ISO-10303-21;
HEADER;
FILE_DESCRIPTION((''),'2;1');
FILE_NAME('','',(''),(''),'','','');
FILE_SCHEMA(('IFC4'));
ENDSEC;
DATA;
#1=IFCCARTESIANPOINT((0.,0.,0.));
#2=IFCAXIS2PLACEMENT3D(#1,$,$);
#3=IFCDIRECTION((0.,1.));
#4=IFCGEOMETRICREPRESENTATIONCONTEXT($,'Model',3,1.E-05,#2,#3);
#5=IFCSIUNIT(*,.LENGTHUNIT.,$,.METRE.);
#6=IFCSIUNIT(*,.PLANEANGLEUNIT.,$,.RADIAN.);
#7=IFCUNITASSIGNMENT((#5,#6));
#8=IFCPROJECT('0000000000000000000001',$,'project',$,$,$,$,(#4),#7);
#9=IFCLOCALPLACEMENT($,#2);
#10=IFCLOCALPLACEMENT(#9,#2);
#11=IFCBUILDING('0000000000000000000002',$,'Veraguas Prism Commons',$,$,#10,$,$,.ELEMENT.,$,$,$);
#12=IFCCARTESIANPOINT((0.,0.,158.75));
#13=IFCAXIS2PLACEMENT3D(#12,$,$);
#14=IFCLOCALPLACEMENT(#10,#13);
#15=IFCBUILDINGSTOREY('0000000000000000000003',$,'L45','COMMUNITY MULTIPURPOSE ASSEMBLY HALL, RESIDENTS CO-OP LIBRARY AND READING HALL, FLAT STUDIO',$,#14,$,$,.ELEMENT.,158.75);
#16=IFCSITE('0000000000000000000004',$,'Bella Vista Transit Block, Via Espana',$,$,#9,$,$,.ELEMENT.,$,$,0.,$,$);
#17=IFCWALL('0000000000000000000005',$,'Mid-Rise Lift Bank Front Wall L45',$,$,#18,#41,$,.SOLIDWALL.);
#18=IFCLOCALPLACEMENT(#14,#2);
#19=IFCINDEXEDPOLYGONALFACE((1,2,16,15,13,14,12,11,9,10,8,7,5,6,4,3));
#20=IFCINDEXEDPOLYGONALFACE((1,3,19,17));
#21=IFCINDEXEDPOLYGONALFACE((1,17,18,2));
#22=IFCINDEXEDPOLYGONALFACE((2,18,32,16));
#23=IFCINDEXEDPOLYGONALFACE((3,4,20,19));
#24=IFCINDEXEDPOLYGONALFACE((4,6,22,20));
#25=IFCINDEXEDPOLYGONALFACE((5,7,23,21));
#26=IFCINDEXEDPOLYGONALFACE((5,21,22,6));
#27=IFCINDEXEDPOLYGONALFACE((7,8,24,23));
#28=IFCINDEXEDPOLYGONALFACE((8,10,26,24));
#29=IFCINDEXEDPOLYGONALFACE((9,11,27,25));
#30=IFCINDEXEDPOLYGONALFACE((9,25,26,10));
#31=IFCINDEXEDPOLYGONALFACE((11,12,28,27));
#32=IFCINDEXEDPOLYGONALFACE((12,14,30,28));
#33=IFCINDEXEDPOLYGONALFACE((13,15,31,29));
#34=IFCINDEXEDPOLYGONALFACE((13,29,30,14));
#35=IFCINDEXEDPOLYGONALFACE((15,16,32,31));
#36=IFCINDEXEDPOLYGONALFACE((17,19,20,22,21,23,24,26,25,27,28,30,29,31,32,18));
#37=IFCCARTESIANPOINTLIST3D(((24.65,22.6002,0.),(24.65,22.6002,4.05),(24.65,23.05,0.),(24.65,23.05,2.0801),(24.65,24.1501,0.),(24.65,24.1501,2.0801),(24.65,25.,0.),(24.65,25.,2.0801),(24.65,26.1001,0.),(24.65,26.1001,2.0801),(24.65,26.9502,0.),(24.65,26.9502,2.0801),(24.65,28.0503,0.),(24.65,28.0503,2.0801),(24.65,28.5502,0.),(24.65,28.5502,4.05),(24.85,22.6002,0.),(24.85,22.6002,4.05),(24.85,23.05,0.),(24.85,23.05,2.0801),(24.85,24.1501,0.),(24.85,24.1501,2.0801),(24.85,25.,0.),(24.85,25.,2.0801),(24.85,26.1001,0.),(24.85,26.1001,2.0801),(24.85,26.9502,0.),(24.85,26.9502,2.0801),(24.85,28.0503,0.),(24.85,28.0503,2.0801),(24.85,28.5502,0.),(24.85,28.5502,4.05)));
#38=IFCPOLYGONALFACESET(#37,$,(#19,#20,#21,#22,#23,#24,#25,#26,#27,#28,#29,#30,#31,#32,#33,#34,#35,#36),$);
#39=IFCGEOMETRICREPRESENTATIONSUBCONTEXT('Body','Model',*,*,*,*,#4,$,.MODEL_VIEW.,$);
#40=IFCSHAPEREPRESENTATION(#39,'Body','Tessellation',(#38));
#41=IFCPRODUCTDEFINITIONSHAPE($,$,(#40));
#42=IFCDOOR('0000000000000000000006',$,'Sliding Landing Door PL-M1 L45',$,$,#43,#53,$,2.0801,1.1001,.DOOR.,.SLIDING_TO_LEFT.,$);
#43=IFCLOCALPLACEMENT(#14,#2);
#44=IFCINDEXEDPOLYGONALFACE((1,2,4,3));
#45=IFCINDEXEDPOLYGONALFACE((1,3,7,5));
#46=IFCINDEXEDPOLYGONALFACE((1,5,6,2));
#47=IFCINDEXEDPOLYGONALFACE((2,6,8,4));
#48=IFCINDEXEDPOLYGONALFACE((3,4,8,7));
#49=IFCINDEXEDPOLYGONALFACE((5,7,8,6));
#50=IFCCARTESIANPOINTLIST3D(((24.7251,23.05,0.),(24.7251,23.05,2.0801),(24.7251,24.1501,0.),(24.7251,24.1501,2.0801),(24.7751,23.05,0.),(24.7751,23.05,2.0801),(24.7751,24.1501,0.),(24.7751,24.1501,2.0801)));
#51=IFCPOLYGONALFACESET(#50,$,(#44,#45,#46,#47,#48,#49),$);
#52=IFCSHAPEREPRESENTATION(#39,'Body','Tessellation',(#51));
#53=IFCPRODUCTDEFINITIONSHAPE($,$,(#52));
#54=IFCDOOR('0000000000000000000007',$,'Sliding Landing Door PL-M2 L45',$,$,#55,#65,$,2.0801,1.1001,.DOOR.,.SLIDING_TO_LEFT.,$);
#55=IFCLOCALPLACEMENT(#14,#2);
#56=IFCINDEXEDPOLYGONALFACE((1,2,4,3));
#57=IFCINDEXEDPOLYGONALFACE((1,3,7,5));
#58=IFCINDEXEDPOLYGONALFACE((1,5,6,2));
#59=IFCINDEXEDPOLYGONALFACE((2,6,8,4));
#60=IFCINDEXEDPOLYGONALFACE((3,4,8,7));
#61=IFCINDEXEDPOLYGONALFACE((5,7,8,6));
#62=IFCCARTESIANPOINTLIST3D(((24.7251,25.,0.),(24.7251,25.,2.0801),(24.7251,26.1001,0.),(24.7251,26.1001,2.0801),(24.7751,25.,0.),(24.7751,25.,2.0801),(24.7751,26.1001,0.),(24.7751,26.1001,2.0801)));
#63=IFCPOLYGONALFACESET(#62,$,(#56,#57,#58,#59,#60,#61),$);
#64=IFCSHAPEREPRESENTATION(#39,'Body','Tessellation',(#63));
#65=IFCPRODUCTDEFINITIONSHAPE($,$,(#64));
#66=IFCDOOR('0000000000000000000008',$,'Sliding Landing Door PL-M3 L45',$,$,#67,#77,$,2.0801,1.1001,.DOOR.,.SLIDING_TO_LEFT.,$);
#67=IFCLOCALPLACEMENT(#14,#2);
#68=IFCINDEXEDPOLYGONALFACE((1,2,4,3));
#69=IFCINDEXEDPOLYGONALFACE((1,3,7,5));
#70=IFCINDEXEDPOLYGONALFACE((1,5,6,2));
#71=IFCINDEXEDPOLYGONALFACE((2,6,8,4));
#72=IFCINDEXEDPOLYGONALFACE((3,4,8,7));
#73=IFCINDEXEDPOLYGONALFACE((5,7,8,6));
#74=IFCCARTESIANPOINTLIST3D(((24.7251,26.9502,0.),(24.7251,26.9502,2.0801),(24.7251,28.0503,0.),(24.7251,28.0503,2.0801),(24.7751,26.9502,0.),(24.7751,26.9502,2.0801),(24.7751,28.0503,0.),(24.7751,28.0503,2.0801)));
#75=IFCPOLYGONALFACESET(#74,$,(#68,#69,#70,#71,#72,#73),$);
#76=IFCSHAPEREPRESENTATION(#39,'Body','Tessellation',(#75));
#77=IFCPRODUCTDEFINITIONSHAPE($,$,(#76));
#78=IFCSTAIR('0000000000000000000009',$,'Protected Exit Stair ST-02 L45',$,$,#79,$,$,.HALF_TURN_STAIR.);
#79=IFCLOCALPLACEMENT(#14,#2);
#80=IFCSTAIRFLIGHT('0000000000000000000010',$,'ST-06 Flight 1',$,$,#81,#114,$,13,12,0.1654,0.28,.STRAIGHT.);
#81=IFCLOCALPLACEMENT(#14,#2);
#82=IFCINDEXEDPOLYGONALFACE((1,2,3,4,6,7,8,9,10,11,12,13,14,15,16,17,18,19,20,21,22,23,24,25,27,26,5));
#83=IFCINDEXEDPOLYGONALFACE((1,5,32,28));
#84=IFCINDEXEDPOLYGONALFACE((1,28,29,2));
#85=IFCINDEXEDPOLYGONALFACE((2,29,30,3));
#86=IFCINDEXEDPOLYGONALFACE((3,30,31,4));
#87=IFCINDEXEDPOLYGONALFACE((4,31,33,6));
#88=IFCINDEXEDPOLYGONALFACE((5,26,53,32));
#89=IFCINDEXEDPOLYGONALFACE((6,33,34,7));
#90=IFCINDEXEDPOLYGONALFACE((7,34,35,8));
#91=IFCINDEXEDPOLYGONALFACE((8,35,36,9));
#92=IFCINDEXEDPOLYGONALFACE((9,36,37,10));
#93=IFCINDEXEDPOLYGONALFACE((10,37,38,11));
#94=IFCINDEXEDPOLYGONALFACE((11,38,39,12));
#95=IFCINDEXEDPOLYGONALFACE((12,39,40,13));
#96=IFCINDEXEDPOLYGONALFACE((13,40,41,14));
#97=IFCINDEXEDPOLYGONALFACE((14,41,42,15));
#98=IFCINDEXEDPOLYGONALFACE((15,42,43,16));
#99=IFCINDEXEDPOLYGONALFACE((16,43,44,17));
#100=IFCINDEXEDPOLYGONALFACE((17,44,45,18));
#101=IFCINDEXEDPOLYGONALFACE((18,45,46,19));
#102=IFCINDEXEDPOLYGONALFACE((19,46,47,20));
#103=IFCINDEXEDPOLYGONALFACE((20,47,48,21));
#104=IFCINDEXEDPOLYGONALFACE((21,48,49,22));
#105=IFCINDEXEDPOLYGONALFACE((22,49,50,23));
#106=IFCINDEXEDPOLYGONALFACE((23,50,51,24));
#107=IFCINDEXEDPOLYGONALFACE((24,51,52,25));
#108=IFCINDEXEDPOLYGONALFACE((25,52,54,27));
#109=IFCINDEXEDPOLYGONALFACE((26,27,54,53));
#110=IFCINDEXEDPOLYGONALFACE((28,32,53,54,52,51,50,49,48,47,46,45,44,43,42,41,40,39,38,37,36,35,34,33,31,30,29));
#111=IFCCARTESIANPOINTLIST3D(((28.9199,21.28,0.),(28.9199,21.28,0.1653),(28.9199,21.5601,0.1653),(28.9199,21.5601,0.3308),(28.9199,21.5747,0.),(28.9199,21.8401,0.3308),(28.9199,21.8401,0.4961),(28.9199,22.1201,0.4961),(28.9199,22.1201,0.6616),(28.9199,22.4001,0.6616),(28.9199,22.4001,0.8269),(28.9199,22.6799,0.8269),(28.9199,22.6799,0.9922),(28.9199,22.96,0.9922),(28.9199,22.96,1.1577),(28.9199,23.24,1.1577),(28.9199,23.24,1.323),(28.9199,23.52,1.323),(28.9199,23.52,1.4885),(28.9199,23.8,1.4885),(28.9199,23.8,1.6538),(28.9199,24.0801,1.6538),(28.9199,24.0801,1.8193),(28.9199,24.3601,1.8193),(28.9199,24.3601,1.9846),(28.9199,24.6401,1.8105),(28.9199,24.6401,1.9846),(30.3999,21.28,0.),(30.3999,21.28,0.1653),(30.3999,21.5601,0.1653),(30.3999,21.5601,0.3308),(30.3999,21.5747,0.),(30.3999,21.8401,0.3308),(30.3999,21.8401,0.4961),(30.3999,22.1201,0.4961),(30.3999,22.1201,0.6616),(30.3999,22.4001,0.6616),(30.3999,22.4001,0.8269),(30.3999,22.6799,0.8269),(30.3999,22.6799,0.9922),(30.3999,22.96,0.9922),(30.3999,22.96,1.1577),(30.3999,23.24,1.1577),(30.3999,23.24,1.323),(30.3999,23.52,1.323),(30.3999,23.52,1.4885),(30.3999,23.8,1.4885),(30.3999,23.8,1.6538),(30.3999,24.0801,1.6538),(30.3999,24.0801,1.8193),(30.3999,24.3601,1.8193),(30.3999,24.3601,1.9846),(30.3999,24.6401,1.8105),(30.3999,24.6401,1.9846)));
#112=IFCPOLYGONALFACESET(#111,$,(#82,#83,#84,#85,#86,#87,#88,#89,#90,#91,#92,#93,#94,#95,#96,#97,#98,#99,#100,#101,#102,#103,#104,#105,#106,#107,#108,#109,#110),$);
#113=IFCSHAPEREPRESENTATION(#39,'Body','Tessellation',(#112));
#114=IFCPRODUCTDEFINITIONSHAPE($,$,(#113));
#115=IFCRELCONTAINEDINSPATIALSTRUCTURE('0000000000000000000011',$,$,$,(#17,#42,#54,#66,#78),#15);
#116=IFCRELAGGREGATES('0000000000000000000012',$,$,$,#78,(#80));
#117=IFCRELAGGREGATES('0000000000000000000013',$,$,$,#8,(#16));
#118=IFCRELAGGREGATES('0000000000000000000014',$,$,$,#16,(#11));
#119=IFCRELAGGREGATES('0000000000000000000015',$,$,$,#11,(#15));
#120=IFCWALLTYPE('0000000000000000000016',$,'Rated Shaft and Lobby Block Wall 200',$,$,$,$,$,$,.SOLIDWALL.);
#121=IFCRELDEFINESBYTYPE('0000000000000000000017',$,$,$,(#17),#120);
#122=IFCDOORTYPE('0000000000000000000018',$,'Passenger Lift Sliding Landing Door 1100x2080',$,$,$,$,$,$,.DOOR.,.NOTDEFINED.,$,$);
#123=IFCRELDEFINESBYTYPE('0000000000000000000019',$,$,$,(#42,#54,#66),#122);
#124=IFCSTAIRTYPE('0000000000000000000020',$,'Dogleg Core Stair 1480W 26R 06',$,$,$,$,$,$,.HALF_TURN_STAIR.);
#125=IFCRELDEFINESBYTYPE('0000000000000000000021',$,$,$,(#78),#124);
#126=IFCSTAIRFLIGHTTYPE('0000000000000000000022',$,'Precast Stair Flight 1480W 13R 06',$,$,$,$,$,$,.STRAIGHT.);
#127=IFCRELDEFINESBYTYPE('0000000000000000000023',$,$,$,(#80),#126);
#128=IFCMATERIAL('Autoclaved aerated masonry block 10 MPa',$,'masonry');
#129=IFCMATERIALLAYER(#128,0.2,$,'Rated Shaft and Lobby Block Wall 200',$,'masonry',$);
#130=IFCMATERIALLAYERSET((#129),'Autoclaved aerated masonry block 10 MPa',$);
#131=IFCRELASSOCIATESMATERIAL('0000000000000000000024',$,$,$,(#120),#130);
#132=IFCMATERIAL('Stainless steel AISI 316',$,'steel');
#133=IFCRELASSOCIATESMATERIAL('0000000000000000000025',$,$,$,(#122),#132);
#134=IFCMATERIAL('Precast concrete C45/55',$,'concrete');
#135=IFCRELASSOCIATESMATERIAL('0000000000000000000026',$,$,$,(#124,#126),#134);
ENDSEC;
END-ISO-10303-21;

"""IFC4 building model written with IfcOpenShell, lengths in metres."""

from ifc_helpers import new_model, si_unit, direction, frame, frame_2d, origin, place, context, subcontext, project, spatial, polyline, rectangle, outline, extrude, source, transform, mapped, material, layer, layer_set, type_object, element, fill, aggregate, save


model = new_model("IFC4")

# Units and contexts
model_context = context("Model", 3, precision=1e-05, world=origin(), true_north=direction((0.0, 1.0)))
body_context = subcontext(model_context, "Body", "Model", "MODEL_VIEW")
ifc_project = project(units=[si_unit("LENGTHUNIT", "METRE"), si_unit("PLANEANGLEUNIT", "RADIAN")], contexts=[model_context])

# Site, building, storey
site_placement = place(None, origin())
site = spatial("IfcSite", under=ifc_project, at=site_placement, Name="Bella Vista Transit Block, Via Espana", CompositionType="ELEMENT", RefElevation=0.0)
building_placement = place(site_placement, origin())
building = spatial("IfcBuilding", under=site, at=building_placement, Name="Veraguas Prism Commons", CompositionType="ELEMENT")
storey_placement = place(building_placement, frame((0.0, 0.0, 158.75)))
storey = spatial("IfcBuildingStorey", under=building, at=storey_placement, Name="L45", Description="COMMUNITY MULTIPURPOSE ASSEMBLY HALL, RESIDENTS CO-OP LIBRARY AND READING HALL, FLAT STUDIO", CompositionType="ELEMENT", Elevation=158.75)

# Shared definitions
ifc_material_1 = material(Name="Autoclaved aerated masonry block 10 MPa", Category="masonry")
ifc_layer_1 = layer(ifc_material_1, 0.2, Name="Rated Shaft and Lobby Block Wall 200", Category="masonry")
ifc_layer_set_1 = layer_set([ifc_layer_1], Name="Autoclaved aerated masonry block 10 MPa")
wall_type_1 = type_object("IfcWallType", Name="Rated Shaft and Lobby Block Wall 200", PredefinedType="SOLIDWALL", material=ifc_layer_set_1)
ifc_material_2 = material(Name="Stainless steel AISI 316", Category="steel")

# Wall, openings, doors
wall_1_placement = place(storey_placement, frame((24.75, 22.6001, 0.0), z_axis=(0.0, 0.0, 1.0), x_axis=(0.0, 1.0, 0.0)))
wall_1 = element("IfcWall", 1, at=wall_1_placement, inside=storey, type_object=wall_type_1, Name="Mid-Rise Lift Bank Front Wall L45", PredefinedType="SOLIDWALL", context=body_context, shape_type="SweptSolid", body=[
    extrude(rectangle(XDim=5.95, YDim=0.2, at=frame_2d((2.9751, 0.0))), origin(), (0.0, 0.0, 1.0), 4.05),
])
opening_1_placement = place(wall_1_placement, frame((0.45, 0.0, 0.0)))
opening_1 = element("IfcOpeningElement", 2, at=opening_1_placement, cuts=wall_1, PredefinedType="OPENING", context=body_context, shape_type="SweptSolid", body=[
    extrude(rectangle(XDim=1.1001, YDim=2.0801, at=frame_2d((0.55, 1.04))), frame((0.0, 0.1099, 0.0), z_axis=(0.0, -1.0, 0.0), x_axis=(1.0, 0.0, 0.0)), (0.0, 0.0, 1.0), 0.22),
])
opening_2_placement = place(wall_1_placement, frame((2.3999, 0.0, 0.0)))
opening_2 = element("IfcOpeningElement", 3, at=opening_2_placement, cuts=wall_1, PredefinedType="OPENING", context=body_context, shape_type="SweptSolid", body=[
    extrude(rectangle(XDim=1.1001, YDim=2.0801, at=frame_2d((0.55, 1.04))), frame((0.0, 0.1099, 0.0), z_axis=(0.0, -1.0, 0.0), x_axis=(1.0, 0.0, 0.0)), (0.0, 0.0, 1.0), 0.22),
])
opening_3_placement = place(wall_1_placement, frame((4.3501, 0.0, 0.0)))
opening_3 = element("IfcOpeningElement", 4, at=opening_3_placement, cuts=wall_1, PredefinedType="OPENING", context=body_context, shape_type="SweptSolid", body=[
    extrude(rectangle(XDim=1.1001, YDim=2.0801, at=frame_2d((0.55, 1.04))), frame((0.0, 0.1099, 0.0), z_axis=(0.0, -1.0, 0.0), x_axis=(1.0, 0.0, 0.0)), (0.0, 0.0, 1.0), 0.22),
])
door_type_1 = type_object("IfcDoorType", Name="Passenger Lift Sliding Landing Door 1100x2080", OperationType="NOTDEFINED", PredefinedType="DOOR", material=ifc_material_2)
shared_shape_1 = source(origin(), body_context, "Body", "SweptSolid", [
    extrude(rectangle(XDim=1.1001, YDim=2.0801, at=frame_2d((0.55, 1.04))), frame((0.0, 0.0249, 0.0), z_axis=(0.0, -1.0, 0.0), x_axis=(1.0, 0.0, 0.0)), (0.0, 0.0, 1.0), 0.05),
])
door_1_placement = place(opening_1_placement, origin())
door_1 = element("IfcDoor", 5, at=door_1_placement, inside=storey, type_object=door_type_1, Name="Sliding Landing Door PL-M1 L45", OperationType="SLIDING_TO_LEFT", OverallHeight=2.0801, OverallWidth=1.1001, PredefinedType="DOOR", context=body_context, shape_type="MappedRepresentation", body=[
    mapped(shared_shape_1, transform((0.0, 0.0, 0.0), scale=1.0)),
])
fill(opening_1, door_1)
door_2_placement = place(opening_2_placement, origin())
door_2 = element("IfcDoor", 6, at=door_2_placement, inside=storey, type_object=door_type_1, Name="Sliding Landing Door PL-M2 L45", OperationType="SLIDING_TO_LEFT", OverallHeight=2.0801, OverallWidth=1.1001, PredefinedType="DOOR", context=body_context, shape_type="MappedRepresentation", body=[
    mapped(shared_shape_1, transform((0.0, 0.0, 0.0), scale=1.0)),
])
fill(opening_2, door_2)
door_3_placement = place(opening_3_placement, origin())
door_3 = element("IfcDoor", 7, at=door_3_placement, inside=storey, type_object=door_type_1, Name="Sliding Landing Door PL-M3 L45", OperationType="SLIDING_TO_LEFT", OverallHeight=2.0801, OverallWidth=1.1001, PredefinedType="DOOR", context=body_context, shape_type="MappedRepresentation", body=[
    mapped(shared_shape_1, transform((0.0, 0.0, 0.0), scale=1.0)),
])
fill(opening_3, door_3)

# Stair, stair flight
ifc_material_3 = material(Name="Precast concrete C45/55", Category="concrete")
stair_type = type_object("IfcStairType", Name="Dogleg Core Stair 1480W 26R 06", PredefinedType="HALF_TURN_STAIR", material=ifc_material_3)
stair_placement = place(storey_placement, origin())
stair = element("IfcStair", 8, at=stair_placement, inside=storey, type_object=stair_type, Name="Protected Exit Stair ST-02 L45", PredefinedType="HALF_TURN_STAIR")
stair_flight_type = type_object("IfcStairFlightType", Name="Precast Stair Flight 1480W 13R 06", PredefinedType="STRAIGHT", material=ifc_material_3)
stair_flight_placement = place(storey_placement, frame((29.6599, 21.28, 0.0), z_axis=(0.0, 0.0, 1.0), x_axis=(0.0, 1.0, 0.0)))
stair_flight = element("IfcStairFlight", 9, at=stair_flight_placement, type_object=stair_flight_type, Name="ST-06 Flight 1", NumberOfRisers=13, NumberOfTreads=12, PredefinedType="STRAIGHT", RiserHeight=0.1654, TreadLength=0.28, context=body_context, shape_type="SweptSolid", body=[
    extrude(outline(polyline([(0.0, 0.0), (0.0, 0.1653), (0.28, 0.1653), (0.28, 0.3308), (0.5601, 0.3308), (0.5601, 0.4961), (0.8401, 0.4961), (0.8401, 0.6616), (1.1201, 0.6616), (1.1201, 0.8269), (1.3999, 0.8269), (1.3999, 0.9922), (1.6799, 0.9922), (1.6799, 1.1577), (1.96, 1.1577), (1.96, 1.323), (2.24, 1.323), (2.24, 1.4885), (2.52, 1.4885), (2.52, 1.6538), (2.8, 1.6538), (2.8, 1.8193), (3.0801, 1.8193), (3.0801, 1.9846), (3.3601, 1.9846), (3.3601, 2.1499), (3.3601, 1.8105), (0.2947, 0.0), (0.0, 0.0)])), frame((0.0, 0.74, 0.0), z_axis=(0.0, -1.0, 0.0), x_axis=(1.0, 0.0, 0.0)), (0.0, 0.0, 1.0), 1.48),
])
aggregate(stair, [stair_flight])

save(model, "model.ifc")
